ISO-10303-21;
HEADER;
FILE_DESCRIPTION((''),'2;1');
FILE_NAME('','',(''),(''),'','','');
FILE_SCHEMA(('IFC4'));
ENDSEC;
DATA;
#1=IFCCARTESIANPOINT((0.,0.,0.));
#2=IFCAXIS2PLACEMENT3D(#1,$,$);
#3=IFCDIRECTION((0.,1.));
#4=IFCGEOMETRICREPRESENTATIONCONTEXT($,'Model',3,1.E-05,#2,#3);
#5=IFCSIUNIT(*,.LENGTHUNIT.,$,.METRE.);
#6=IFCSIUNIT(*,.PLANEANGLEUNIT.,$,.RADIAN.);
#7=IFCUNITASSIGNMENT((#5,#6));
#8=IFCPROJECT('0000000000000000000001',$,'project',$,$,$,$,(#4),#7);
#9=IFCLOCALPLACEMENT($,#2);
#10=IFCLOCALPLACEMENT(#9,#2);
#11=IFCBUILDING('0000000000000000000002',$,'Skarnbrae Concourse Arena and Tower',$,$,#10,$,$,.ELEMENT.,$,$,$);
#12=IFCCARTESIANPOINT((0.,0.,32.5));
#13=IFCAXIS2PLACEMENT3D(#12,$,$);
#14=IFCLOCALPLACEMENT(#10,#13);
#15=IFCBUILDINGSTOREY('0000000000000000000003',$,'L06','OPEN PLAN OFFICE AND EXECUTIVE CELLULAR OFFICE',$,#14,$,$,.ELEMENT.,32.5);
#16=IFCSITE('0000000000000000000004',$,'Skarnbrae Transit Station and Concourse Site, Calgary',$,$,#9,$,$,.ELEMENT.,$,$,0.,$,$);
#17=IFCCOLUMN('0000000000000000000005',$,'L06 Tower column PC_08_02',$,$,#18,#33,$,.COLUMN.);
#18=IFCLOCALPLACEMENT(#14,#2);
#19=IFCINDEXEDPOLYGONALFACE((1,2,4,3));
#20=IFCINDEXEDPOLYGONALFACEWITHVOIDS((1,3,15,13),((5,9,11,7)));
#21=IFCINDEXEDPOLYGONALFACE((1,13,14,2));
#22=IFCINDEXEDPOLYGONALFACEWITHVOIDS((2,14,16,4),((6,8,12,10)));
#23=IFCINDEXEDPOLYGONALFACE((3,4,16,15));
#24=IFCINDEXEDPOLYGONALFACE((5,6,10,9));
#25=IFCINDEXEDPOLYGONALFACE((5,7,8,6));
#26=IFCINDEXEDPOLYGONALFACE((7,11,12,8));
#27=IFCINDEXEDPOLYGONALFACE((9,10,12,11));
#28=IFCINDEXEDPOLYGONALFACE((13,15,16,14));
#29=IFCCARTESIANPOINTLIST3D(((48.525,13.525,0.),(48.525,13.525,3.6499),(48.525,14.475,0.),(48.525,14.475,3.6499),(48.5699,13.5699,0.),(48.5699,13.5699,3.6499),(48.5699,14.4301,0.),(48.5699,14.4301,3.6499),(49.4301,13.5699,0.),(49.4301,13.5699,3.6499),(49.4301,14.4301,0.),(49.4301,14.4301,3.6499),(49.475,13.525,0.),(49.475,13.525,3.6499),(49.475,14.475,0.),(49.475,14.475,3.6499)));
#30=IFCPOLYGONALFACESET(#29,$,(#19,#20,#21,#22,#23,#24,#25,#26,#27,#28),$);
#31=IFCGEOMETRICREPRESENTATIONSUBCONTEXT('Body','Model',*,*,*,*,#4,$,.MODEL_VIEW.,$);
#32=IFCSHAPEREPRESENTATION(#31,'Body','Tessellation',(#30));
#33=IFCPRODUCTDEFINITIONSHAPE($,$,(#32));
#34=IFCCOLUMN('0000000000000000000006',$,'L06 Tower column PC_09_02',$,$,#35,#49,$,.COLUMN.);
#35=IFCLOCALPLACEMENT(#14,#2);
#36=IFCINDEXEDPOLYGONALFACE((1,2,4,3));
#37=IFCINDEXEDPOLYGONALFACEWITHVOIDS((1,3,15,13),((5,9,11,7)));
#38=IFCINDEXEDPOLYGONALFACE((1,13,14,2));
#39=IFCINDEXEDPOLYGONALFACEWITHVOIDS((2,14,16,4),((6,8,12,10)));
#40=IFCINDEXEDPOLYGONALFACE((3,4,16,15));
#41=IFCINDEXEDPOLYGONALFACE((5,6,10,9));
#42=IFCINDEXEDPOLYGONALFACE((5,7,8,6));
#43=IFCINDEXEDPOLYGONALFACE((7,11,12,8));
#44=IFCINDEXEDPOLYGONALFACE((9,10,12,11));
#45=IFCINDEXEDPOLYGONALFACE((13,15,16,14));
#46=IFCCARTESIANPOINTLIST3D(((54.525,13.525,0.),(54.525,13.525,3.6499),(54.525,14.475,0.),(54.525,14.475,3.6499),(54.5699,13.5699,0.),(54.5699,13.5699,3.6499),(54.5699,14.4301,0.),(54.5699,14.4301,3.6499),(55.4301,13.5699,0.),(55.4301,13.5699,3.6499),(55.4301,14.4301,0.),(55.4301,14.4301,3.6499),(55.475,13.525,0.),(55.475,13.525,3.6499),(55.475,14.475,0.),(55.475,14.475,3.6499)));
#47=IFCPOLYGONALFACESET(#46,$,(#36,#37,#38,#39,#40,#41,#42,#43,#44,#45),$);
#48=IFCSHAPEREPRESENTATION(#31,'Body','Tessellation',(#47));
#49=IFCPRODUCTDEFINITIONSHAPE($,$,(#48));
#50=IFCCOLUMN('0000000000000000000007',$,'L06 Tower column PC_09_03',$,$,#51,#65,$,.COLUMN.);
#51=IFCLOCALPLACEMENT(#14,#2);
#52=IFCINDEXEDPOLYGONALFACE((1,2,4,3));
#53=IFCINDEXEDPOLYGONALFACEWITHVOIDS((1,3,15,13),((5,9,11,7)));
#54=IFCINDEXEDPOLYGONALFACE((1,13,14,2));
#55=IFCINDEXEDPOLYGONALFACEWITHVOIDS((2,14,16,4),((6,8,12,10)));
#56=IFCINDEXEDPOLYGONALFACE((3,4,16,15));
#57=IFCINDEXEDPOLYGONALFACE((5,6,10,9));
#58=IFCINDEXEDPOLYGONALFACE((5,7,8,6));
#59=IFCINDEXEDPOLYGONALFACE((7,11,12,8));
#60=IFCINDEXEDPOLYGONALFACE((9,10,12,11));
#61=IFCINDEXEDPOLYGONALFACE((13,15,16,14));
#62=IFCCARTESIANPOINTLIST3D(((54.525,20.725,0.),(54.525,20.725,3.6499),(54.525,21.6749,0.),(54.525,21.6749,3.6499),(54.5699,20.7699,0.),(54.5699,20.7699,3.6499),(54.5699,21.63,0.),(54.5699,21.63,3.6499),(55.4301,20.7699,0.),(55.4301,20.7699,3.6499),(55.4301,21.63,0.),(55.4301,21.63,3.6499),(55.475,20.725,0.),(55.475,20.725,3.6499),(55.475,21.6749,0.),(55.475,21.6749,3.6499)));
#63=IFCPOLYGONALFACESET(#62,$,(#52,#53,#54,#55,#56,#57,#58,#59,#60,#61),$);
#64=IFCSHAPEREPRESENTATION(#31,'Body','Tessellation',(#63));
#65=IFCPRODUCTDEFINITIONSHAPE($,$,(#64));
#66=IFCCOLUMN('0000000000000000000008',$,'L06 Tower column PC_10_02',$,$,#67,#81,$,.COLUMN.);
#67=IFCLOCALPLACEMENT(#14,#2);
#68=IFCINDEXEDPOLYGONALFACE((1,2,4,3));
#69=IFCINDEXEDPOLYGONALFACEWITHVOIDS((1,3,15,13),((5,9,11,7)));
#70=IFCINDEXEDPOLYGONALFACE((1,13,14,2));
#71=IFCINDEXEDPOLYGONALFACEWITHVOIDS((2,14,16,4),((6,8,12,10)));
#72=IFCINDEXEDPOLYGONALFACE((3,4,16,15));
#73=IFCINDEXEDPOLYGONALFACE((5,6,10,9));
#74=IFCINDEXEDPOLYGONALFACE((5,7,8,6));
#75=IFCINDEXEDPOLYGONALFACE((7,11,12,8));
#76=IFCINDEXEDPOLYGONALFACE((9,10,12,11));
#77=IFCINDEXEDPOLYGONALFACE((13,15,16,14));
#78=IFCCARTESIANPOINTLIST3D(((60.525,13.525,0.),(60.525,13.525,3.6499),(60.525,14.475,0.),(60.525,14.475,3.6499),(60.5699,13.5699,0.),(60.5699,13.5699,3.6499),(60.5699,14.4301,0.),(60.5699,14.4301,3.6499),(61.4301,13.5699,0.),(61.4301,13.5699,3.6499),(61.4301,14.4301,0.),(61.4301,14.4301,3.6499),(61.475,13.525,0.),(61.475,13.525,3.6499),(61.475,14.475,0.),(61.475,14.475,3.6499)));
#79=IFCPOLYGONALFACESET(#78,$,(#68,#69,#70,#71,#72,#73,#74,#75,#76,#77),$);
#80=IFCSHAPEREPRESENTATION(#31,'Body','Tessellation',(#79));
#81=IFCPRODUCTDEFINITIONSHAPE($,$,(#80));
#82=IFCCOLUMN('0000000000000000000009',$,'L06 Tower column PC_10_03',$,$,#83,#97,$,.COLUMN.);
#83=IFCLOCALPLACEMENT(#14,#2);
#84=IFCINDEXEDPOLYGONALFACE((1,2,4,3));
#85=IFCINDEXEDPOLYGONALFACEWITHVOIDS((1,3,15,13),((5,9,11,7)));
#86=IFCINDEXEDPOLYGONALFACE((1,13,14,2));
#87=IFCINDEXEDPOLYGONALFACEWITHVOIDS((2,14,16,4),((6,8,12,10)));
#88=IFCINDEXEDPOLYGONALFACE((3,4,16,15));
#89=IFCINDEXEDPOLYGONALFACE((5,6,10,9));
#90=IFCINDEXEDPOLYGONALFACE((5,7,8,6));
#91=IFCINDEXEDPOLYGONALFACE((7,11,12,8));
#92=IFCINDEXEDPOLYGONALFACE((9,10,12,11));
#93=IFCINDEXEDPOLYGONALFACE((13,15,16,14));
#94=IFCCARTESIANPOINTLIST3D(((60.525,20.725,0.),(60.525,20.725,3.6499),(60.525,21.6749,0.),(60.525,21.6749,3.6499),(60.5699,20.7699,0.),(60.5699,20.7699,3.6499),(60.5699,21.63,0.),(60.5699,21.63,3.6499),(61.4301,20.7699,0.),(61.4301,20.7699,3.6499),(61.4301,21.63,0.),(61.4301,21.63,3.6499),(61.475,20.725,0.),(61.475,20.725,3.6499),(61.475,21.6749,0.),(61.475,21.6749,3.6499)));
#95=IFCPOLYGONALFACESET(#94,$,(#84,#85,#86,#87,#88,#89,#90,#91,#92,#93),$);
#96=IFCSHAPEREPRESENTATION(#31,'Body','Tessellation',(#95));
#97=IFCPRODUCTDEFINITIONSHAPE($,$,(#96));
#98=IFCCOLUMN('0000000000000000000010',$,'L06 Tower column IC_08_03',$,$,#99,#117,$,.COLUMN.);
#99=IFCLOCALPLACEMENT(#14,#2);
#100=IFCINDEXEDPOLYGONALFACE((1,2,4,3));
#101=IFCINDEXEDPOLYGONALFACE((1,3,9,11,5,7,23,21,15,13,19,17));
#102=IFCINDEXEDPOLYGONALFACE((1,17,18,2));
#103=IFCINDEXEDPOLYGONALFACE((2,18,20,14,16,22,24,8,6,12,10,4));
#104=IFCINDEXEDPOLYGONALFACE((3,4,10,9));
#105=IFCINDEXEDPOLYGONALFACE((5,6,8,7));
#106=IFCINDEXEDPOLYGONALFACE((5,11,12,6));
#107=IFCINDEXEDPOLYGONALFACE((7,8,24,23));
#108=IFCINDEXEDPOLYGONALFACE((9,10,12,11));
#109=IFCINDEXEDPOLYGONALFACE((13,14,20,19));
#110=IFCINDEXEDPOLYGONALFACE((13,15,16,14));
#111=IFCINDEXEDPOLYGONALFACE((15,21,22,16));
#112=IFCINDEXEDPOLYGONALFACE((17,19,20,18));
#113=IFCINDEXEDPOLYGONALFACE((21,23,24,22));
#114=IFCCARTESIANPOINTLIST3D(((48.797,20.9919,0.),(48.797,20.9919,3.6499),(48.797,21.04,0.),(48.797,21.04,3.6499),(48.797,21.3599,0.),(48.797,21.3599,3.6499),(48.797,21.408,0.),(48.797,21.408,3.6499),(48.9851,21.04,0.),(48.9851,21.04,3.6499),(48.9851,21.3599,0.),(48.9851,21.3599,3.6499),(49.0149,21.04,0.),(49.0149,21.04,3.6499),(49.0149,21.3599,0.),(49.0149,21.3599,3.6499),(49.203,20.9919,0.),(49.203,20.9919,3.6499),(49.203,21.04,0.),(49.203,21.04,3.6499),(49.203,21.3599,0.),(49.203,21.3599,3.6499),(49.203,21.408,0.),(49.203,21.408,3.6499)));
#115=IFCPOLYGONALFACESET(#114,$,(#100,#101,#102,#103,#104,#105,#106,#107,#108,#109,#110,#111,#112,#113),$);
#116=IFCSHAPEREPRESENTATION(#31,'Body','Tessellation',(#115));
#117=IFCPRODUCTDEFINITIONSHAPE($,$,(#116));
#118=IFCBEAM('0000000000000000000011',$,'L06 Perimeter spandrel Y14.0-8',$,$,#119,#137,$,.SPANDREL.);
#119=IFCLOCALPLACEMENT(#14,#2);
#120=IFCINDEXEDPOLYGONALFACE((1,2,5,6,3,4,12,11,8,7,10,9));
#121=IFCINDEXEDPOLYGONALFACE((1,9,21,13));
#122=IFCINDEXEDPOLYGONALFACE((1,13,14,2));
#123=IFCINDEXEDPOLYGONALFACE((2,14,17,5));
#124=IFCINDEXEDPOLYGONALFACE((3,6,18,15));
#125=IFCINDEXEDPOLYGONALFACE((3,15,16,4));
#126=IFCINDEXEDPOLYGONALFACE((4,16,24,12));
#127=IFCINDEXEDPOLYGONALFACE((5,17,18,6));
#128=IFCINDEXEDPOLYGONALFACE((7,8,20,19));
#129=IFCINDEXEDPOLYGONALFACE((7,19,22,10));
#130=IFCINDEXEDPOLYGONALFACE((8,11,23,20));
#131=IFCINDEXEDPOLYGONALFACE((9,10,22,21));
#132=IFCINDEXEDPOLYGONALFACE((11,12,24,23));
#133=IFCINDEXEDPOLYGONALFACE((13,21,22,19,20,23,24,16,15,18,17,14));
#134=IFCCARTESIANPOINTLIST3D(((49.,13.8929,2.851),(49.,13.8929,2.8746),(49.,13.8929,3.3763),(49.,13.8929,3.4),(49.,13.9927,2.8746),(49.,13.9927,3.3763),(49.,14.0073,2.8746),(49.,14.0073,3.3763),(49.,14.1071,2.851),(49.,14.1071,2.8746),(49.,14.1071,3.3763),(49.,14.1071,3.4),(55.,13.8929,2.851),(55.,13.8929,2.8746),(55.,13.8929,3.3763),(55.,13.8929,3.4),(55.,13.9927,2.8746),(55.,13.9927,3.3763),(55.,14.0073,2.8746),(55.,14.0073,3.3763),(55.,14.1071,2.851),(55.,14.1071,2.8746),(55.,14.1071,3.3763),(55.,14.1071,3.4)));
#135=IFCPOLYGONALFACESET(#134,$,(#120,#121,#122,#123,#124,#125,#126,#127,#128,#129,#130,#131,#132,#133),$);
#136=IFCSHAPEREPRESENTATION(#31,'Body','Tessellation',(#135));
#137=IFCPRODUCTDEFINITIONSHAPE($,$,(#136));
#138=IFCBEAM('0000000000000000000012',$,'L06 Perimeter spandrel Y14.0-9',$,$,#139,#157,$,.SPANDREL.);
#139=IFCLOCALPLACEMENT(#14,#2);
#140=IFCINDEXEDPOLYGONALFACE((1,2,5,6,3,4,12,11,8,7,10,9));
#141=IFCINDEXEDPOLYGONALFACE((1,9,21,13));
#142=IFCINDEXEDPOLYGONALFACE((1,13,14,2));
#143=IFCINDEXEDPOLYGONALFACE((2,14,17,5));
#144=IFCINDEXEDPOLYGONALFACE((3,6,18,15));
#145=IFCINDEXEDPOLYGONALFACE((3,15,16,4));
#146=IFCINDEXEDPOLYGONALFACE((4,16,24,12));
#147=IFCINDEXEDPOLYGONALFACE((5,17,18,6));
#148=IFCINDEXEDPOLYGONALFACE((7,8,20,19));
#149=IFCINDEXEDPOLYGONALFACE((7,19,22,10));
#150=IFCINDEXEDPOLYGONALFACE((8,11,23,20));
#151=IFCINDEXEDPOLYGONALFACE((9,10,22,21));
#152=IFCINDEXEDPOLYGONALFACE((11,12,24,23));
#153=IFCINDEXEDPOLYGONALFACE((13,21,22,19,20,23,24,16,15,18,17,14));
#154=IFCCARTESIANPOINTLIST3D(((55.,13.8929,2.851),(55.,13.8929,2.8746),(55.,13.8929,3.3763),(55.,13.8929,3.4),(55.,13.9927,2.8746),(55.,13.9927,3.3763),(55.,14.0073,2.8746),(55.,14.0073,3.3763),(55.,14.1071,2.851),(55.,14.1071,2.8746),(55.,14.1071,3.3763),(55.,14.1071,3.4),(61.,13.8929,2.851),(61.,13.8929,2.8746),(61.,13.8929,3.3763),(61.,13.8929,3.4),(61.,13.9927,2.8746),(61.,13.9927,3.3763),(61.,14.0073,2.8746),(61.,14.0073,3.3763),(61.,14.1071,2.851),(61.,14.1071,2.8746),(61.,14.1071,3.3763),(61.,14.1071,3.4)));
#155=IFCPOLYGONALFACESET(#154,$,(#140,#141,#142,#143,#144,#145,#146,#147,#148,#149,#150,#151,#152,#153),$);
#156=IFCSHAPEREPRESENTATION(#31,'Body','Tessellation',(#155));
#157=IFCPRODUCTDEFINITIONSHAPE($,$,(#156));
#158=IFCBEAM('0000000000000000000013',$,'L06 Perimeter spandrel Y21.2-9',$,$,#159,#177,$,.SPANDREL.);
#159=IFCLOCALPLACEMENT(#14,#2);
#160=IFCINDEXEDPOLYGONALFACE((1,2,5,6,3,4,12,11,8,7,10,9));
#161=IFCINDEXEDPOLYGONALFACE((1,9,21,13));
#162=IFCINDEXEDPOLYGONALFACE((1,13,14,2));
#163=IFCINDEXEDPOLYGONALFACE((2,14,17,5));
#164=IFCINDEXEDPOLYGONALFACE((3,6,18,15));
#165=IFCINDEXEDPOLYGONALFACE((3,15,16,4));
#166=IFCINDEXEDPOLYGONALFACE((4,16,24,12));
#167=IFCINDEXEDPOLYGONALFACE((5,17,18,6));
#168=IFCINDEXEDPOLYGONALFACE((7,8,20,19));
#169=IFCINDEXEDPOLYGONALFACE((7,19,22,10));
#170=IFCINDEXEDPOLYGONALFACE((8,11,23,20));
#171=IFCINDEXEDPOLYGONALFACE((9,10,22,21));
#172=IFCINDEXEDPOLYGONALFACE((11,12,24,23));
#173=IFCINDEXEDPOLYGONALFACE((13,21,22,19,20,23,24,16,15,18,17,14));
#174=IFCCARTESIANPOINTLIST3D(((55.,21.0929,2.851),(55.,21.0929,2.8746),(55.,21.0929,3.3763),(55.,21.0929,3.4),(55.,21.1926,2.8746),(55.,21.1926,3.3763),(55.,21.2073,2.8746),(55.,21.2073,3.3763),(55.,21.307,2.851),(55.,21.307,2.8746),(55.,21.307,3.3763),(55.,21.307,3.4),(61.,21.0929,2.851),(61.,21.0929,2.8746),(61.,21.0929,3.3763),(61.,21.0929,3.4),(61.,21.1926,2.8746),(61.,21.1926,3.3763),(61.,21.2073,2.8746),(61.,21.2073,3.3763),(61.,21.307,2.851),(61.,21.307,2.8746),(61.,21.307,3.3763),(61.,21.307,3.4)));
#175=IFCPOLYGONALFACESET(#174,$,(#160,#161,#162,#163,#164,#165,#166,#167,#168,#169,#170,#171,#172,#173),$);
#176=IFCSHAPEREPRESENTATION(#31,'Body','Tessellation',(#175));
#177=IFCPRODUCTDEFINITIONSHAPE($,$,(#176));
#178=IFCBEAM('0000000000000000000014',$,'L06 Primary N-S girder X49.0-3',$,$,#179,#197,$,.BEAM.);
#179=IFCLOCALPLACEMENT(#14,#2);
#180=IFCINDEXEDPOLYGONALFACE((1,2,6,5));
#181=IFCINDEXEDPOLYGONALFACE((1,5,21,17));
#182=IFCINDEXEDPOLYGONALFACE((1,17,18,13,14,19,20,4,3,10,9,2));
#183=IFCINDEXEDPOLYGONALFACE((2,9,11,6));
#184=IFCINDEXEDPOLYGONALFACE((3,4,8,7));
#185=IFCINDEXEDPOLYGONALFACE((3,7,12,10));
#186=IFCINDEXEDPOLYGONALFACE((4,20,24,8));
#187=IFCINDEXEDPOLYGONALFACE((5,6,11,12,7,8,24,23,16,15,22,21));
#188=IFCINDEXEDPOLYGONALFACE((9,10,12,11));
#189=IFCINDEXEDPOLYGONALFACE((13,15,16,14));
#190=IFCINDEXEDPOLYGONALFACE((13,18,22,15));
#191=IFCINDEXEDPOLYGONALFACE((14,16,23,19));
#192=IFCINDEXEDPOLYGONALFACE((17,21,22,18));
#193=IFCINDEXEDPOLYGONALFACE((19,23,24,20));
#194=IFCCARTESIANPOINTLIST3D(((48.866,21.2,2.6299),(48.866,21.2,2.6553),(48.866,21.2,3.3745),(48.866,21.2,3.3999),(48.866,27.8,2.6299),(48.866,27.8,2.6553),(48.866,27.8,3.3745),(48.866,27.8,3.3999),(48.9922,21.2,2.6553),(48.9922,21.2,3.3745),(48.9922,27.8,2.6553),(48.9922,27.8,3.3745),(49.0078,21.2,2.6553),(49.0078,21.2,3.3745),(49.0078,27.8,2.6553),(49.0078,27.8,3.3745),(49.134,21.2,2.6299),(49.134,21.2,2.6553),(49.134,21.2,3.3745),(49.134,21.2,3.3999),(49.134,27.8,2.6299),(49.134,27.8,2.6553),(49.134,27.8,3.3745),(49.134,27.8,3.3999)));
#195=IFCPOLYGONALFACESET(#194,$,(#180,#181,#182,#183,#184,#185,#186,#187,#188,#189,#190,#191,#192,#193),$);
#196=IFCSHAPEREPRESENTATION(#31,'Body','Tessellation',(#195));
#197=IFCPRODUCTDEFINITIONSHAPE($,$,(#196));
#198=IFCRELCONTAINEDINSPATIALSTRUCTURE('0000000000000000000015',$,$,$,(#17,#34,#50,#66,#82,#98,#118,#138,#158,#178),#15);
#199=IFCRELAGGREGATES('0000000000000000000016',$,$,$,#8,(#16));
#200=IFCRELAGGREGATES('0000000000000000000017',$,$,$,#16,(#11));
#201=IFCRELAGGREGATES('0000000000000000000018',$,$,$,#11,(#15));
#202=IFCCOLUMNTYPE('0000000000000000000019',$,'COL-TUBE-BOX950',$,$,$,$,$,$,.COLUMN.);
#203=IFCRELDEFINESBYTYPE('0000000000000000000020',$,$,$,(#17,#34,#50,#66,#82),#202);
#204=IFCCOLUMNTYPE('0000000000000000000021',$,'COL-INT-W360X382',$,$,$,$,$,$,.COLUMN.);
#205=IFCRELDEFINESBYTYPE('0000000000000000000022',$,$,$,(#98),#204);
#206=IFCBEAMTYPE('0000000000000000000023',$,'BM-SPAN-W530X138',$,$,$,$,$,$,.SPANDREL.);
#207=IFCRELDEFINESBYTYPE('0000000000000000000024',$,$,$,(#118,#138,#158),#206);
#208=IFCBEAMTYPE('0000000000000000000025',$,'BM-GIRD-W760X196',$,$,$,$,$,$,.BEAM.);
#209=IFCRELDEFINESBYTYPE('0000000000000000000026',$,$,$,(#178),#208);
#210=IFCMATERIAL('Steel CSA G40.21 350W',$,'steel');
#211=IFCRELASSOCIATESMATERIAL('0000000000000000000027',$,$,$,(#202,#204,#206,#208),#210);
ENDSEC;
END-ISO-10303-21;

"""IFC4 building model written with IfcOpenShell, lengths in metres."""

from ifc_helpers import new_model, si_unit, direction, frame, origin, origin_2d, place, context, subcontext, project, spatial, hollow_rectangle, i_section, extrude, source, transform, mapped, material, material_profile, profile_set, type_object, element, save


model = new_model("IFC4")

# Units and contexts
model_context = context("Model", 3, precision=1e-05, world=origin(), true_north=direction((0.0, 1.0)))
body_context = subcontext(model_context, "Body", "Model", "MODEL_VIEW")
ifc_project = project(units=[si_unit("LENGTHUNIT", "METRE"), si_unit("PLANEANGLEUNIT", "RADIAN")], contexts=[model_context])

# Site, building, storey
site_placement = place(None, origin())
site = spatial("IfcSite", under=ifc_project, at=site_placement, Name="Skarnbrae Transit Station and Concourse Site, Calgary", CompositionType="ELEMENT", RefElevation=0.0)
building_placement = place(site_placement, origin())
building = spatial("IfcBuilding", under=site, at=building_placement, Name="Skarnbrae Concourse Arena and Tower", CompositionType="ELEMENT")
storey_placement = place(building_placement, frame((0.0, 0.0, 32.5)))
storey = spatial("IfcBuildingStorey", under=building, at=storey_placement, Name="L06", Description="OPEN PLAN OFFICE AND EXECUTIVE CELLULAR OFFICE", CompositionType="ELEMENT", Elevation=32.5)

# Columns
ifc_material_1 = material(Name="Steel CSA G40.21 350W", Category="steel")
ifc_material_profile_1 = material_profile(ifc_material_1, hollow_rectangle(XDim=0.95, YDim=0.95, WallThickness=0.0449, at=origin_2d()), Name="BOX950X950X45")
ifc_profile_set_1 = profile_set([ifc_material_profile_1], Name="Steel CSA G40.21 350W")
column_type_1 = type_object("IfcColumnType", Name="COL-TUBE-BOX950", PredefinedType="COLUMN", material=ifc_profile_set_1)
shared_shape_1 = source(origin(), body_context, "Body", "SweptSolid", [
    extrude(hollow_rectangle(XDim=0.95, YDim=0.95, WallThickness=0.0449, at=origin_2d()), origin(), (0.0, 0.0, 1.0), 3.6499),
])
for number, where, z_axis, x_axis, name in (
    (1, (49.0, 14.0, 0.0), (0.0, 0.0, 1.0), (1.0, 0.0, 0.0), "L06 Tower column PC_08_02"),
    (2, (55.0, 14.0, 0.0), (0.0, 0.0, 1.0), (1.0, 0.0, 0.0), "L06 Tower column PC_09_02"),
    (3, (55.0, 21.2, 0.0), (0.0, 0.0, 1.0), (1.0, 0.0, 0.0), "L06 Tower column PC_09_03"),
    (4, (61.0, 14.0, 0.0), (0.0, 0.0, 1.0), (1.0, 0.0, 0.0), "L06 Tower column PC_10_02"),
    (5, (61.0, 21.2, 0.0), (0.0, 0.0, 1.0), (1.0, 0.0, 0.0), "L06 Tower column PC_10_03"),
):
    element("IfcColumn", number, at=place(storey_placement, frame(where, z_axis=z_axis, x_axis=x_axis)), inside=storey, type_object=column_type_1, Name=name, PredefinedType="COLUMN", context=body_context, shape_type="MappedRepresentation", body=[
        mapped(shared_shape_1, transform((0.0, 0.0, 0.0))),
    ])
ifc_material_profile_2 = material_profile(ifc_material_1, i_section(OverallWidth=0.406, OverallDepth=0.416, WebThickness=0.0298, FlangeThickness=0.0481, at=origin_2d()), Name="W360X382")
ifc_profile_set_2 = profile_set([ifc_material_profile_2], Name="Steel CSA G40.21 350W")
column_type_2 = type_object("IfcColumnType", Name="COL-INT-W360X382", PredefinedType="COLUMN", material=ifc_profile_set_2)
shared_shape_2 = source(origin(), body_context, "Body", "SweptSolid", [
    extrude(i_section(OverallWidth=0.406, OverallDepth=0.416, WebThickness=0.0298, FlangeThickness=0.0481, at=origin_2d()), origin(), (0.0, 0.0, 1.0), 3.6499),
])
column_placement = place(storey_placement, frame((49.0, 21.2, 0.0), z_axis=(0.0, 0.0, 1.0), x_axis=(1.0, 0.0, 0.0)))
element("IfcColumn", 6, at=column_placement, inside=storey, type_object=column_type_2, Name="L06 Tower column IC_08_03", PredefinedType="COLUMN", context=body_context, shape_type="MappedRepresentation", body=[
    mapped(shared_shape_2, transform((0.0, 0.0, 0.0))),
])

# Beams
ifc_material_profile_3 = material_profile(ifc_material_1, i_section(OverallWidth=0.2141, OverallDepth=0.5491, WebThickness=0.0146, FlangeThickness=0.0237, at=origin_2d()), Name="W530X138")
ifc_profile_set_3 = profile_set([ifc_material_profile_3], Name="Steel CSA G40.21 350W")
beam_type_1 = type_object("IfcBeamType", Name="BM-SPAN-W530X138", PredefinedType="SPANDREL", material=ifc_profile_set_3)
shared_shape_3 = source(origin(), body_context, "Body", "SweptSolid", [
    extrude(i_section(OverallWidth=0.2141, OverallDepth=0.5491, WebThickness=0.0146, FlangeThickness=0.0237, at=origin_2d()), origin(), (0.0, 0.0, 1.0), 6.0),
])
for number, where, z_axis, x_axis, name in (
    (7, (49.0, 14.0, 3.1255), (1.0, 0.0, 0.0), (0.0, 1.0, 0.0), "L06 Perimeter spandrel Y14.0-8"),
    (8, (55.0, 14.0, 3.1255), (1.0, 0.0, 0.0), (0.0, 1.0, 0.0), "L06 Perimeter spandrel Y14.0-9"),
    (9, (55.0, 21.2, 3.1255), (1.0, 0.0, 0.0), (0.0, 1.0, 0.0), "L06 Perimeter spandrel Y21.2-9"),
):
    element("IfcBeam", number, at=place(storey_placement, frame(where, z_axis=z_axis, x_axis=x_axis)), inside=storey, type_object=beam_type_1, Name=name, PredefinedType="SPANDREL", context=body_context, shape_type="MappedRepresentation", body=[
        mapped(shared_shape_3, transform((0.0, 0.0, 0.0))),
    ])
ifc_material_profile_4 = material_profile(ifc_material_1, i_section(OverallWidth=0.2681, OverallDepth=0.77, WebThickness=0.0156, FlangeThickness=0.0254, at=origin_2d()), Name="W760X196")
ifc_profile_set_4 = profile_set([ifc_material_profile_4], Name="Steel CSA G40.21 350W")
beam_type_2 = type_object("IfcBeamType", Name="BM-GIRD-W760X196", PredefinedType="BEAM", material=ifc_profile_set_4)
shared_shape_4 = source(origin(), body_context, "Body", "SweptSolid", [
    extrude(i_section(OverallWidth=0.2681, OverallDepth=0.77, WebThickness=0.0156, FlangeThickness=0.0254, at=origin_2d()), origin(), (0.0, 0.0, 1.0), 6.6001),
])
beam_1_placement = place(storey_placement, frame((49.0, 21.2, 3.0149), z_axis=(0.0, 1.0, 0.0), x_axis=(-1.0, 0.0, 0.0)))
element("IfcBeam", 10, at=beam_1_placement, inside=storey, type_object=beam_type_2, Name="L06 Primary N-S girder X49.0-3", PredefinedType="BEAM", context=body_context, shape_type="MappedRepresentation", body=[
    mapped(shared_shape_4, transform((0.0, 0.0, 0.0))),
])

save(model, "model.ifc")
